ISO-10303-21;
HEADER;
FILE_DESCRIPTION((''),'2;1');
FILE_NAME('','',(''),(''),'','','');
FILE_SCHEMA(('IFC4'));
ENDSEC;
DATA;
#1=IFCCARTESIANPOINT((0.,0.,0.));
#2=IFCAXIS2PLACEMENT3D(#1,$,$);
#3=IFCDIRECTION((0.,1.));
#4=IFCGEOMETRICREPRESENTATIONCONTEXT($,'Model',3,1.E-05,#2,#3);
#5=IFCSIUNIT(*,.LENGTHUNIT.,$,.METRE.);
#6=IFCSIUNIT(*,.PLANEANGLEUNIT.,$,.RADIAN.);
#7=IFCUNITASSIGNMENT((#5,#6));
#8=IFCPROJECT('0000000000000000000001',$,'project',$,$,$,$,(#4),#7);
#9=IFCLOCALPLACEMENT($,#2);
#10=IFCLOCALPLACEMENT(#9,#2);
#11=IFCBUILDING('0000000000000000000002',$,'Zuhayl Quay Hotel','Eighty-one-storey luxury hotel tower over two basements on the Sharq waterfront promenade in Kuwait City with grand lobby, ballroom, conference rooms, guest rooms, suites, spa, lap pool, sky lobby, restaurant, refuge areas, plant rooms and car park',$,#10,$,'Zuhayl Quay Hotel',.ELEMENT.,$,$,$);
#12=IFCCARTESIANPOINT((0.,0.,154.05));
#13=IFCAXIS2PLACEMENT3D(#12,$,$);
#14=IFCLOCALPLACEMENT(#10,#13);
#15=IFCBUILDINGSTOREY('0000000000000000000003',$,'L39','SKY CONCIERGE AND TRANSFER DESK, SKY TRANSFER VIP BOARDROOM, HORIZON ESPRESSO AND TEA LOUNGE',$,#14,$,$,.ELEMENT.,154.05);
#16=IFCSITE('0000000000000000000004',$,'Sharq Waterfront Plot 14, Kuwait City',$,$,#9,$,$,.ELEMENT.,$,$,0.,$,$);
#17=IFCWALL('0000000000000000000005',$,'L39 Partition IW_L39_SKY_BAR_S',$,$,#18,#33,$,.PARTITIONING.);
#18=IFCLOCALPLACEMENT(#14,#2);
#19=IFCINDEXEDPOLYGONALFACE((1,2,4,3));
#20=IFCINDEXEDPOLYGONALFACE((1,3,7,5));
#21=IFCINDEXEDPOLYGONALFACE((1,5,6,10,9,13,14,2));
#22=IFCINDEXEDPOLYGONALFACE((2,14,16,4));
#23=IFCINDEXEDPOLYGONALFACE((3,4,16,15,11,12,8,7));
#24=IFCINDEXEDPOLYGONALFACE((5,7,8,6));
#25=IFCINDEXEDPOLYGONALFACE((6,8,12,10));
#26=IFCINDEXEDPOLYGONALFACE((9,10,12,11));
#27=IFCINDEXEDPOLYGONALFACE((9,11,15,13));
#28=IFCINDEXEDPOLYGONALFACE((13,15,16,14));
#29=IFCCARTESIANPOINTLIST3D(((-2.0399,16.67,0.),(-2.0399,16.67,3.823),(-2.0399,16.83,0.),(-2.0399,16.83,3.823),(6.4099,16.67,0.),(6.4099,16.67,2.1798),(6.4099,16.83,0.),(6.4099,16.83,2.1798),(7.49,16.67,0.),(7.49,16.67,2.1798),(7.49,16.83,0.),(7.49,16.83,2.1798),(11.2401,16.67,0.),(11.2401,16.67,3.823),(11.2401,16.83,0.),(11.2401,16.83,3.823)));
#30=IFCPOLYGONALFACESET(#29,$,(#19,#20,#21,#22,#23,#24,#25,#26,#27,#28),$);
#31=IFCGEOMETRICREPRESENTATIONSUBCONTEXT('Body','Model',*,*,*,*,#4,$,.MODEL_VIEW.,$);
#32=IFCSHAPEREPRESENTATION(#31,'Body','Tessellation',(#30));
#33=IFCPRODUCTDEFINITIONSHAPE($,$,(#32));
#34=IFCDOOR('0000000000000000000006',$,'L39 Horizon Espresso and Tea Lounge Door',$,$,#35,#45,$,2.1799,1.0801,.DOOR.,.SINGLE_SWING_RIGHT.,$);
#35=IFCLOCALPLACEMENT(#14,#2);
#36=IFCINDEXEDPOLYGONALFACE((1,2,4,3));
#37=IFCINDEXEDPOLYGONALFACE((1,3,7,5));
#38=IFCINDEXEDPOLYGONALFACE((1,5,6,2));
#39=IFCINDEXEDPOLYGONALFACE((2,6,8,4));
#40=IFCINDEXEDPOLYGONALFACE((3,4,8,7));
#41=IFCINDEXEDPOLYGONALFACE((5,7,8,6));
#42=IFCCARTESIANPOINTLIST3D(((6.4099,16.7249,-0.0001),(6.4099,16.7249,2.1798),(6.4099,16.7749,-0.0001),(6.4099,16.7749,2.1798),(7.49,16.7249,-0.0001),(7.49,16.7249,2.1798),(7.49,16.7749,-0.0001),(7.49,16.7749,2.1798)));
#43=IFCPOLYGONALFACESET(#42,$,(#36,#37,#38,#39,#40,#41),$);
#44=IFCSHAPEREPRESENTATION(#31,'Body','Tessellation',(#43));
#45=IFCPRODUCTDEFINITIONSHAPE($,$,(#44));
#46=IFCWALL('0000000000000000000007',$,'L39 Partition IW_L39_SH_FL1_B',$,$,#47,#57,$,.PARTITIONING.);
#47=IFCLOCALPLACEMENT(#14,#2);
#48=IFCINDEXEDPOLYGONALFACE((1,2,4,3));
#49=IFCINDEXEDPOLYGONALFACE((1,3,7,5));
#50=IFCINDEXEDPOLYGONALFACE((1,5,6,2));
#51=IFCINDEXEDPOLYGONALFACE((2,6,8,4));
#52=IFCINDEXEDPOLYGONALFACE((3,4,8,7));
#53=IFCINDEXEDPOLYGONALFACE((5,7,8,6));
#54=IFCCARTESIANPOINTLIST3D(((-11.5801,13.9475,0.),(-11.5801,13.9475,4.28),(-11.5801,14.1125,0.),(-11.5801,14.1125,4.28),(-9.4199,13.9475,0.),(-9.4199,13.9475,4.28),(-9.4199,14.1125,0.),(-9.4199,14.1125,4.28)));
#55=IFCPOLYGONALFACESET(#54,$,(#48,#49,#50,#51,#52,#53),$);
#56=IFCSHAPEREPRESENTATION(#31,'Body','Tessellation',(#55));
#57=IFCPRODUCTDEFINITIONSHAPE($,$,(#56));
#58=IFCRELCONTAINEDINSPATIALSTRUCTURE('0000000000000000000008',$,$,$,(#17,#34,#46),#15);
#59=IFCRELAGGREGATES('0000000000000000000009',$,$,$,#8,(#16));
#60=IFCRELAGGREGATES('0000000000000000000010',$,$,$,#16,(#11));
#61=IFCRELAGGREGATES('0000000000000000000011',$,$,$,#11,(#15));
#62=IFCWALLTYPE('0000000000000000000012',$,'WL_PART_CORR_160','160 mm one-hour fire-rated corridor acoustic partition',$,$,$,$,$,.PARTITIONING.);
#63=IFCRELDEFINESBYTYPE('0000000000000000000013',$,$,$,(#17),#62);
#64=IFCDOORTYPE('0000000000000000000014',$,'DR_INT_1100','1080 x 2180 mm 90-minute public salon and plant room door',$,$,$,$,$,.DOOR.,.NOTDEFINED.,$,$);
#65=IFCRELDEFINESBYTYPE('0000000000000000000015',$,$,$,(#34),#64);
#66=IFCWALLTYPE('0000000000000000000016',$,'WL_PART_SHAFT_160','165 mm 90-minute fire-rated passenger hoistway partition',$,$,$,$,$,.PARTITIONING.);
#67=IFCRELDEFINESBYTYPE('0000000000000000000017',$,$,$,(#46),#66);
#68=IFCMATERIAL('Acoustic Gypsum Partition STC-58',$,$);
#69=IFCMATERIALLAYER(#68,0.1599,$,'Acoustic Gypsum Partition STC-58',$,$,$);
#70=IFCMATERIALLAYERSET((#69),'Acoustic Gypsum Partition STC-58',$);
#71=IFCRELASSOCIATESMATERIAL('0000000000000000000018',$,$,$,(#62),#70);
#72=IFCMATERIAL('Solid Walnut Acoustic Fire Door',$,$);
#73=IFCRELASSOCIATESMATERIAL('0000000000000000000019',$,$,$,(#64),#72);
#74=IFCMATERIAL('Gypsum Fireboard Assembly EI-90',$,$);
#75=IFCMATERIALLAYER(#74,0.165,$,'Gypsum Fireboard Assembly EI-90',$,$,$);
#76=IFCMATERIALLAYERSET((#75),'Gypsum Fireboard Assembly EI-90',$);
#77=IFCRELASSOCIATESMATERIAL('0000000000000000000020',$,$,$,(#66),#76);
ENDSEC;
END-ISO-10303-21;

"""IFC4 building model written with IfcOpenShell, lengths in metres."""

from ifc_helpers import new_model, si_unit, direction, frame, frame_2d, origin, place, context, subcontext, project, spatial, rectangle, extrude, material, layer, layer_set, type_object, element, fill, save


model = new_model("IFC4")

# Units and contexts
model_context = context("Model", 3, precision=1e-05, world=origin(), true_north=direction((0.0, 1.0)))
body_context = subcontext(model_context, "Body", "Model", "MODEL_VIEW")
ifc_project = project(units=[si_unit("LENGTHUNIT", "METRE"), si_unit("PLANEANGLEUNIT", "RADIAN")], contexts=[model_context])

# Site, building, storey
site_placement = place(None, origin())
site = spatial("IfcSite", under=ifc_project, at=site_placement, Name="Sharq Waterfront Plot 14, Kuwait City", CompositionType="ELEMENT", RefElevation=0.0)
building_placement = place(site_placement, origin())
building = spatial("IfcBuilding", under=site, at=building_placement, Name="Zuhayl Quay Hotel", Description="Eighty-one-storey luxury hotel tower over two basements on the Sharq waterfront promenade in Kuwait City with grand lobby, ballroom, conference rooms, guest rooms, suites, spa, lap pool, sky lobby, restaurant, refuge areas, plant rooms and car park", LongName="Zuhayl Quay Hotel", CompositionType="ELEMENT")
storey_placement = place(building_placement, frame((0.0, 0.0, 154.05)))
storey = spatial("IfcBuildingStorey", under=building, at=storey_placement, Name="L39", Description="SKY CONCIERGE AND TRANSFER DESK, SKY TRANSFER VIP BOARDROOM, HORIZON ESPRESSO AND TEA LOUNGE", CompositionType="ELEMENT", Elevation=154.05)

# Shared definitions
ifc_material_1 = material(Name="Acoustic Gypsum Partition STC-58")

# Wall, opening, door
ifc_layer_1 = layer(ifc_material_1, 0.1599, Name="Acoustic Gypsum Partition STC-58")
ifc_layer_set_1 = layer_set([ifc_layer_1], Name="Acoustic Gypsum Partition STC-58")
wall_type_1 = type_object("IfcWallType", Name="WL_PART_CORR_160", Description="160 mm one-hour fire-rated corridor acoustic partition", PredefinedType="PARTITIONING", material=ifc_layer_set_1)
wall_1_placement = place(storey_placement, frame((-2.04, 16.75, 0.0), z_axis=(0.0, 0.0, 1.0), x_axis=(1.0, 0.0, 0.0)))
wall_1 = element("IfcWall", 1, at=wall_1_placement, inside=storey, type_object=wall_type_1, Name="L39 Partition IW_L39_SKY_BAR_S", PredefinedType="PARTITIONING", context=body_context, shape_type="SweptSolid", body=[
    extrude(rectangle(XDim=13.28, YDim=0.1599, at=frame_2d((6.6401, 0.0))), origin(), (0.0, 0.0, 1.0), 3.823),
])
opening_1_placement = place(wall_1_placement, frame((8.45, 0.0, 0.0)))
opening_1 = element("IfcOpeningElement", 2, at=opening_1_placement, cuts=wall_1, PredefinedType="OPENING", context=body_context, shape_type="SweptSolid", body=[
    extrude(rectangle(XDim=1.0801, YDim=2.1799, at=frame_2d((0.54, 1.0898))), frame((0.0, 0.0898, 0.0), z_axis=(0.0, -1.0, 0.0), x_axis=(1.0, 0.0, 0.0)), (0.0, 0.0, 1.0), 0.1799),
])
ifc_material_2 = material(Name="Solid Walnut Acoustic Fire Door")
door_type = type_object("IfcDoorType", Name="DR_INT_1100", Description="1080 x 2180 mm 90-minute public salon and plant room door", OperationType="NOTDEFINED", PredefinedType="DOOR", material=ifc_material_2)
door_placement = place(opening_1_placement, origin())
door = element("IfcDoor", 3, at=door_placement, inside=storey, type_object=door_type, Name="L39 Horizon Espresso and Tea Lounge Door", OperationType="SINGLE_SWING_RIGHT", OverallHeight=2.1799, OverallWidth=1.0801, PredefinedType="DOOR", context=body_context, shape_type="SweptSolid", body=[
    extrude(rectangle(XDim=1.0801, YDim=2.1799, at=frame_2d((0.54, 1.0898))), frame((0.0, 0.0249, 0.0), z_axis=(0.0, -1.0, 0.0), x_axis=(1.0, 0.0, 0.0)), (0.0, 0.0, 1.0), 0.05),
])
fill(opening_1, door)

# Wall
ifc_material_3 = material(Name="Gypsum Fireboard Assembly EI-90")
ifc_layer_2 = layer(ifc_material_3, 0.165, Name="Gypsum Fireboard Assembly EI-90")
ifc_layer_set_2 = layer_set([ifc_layer_2], Name="Gypsum Fireboard Assembly EI-90")
wall_type_2 = type_object("IfcWallType", Name="WL_PART_SHAFT_160", Description="165 mm 90-minute fire-rated passenger hoistway partition", PredefinedType="PARTITIONING", material=ifc_layer_set_2)
wall_2_placement = place(storey_placement, frame((-11.5801, 14.03, 0.0), z_axis=(0.0, 0.0, 1.0), x_axis=(1.0, 0.0, 0.0)))
element("IfcWall", 4, at=wall_2_placement, inside=storey, type_object=wall_type_2, Name="L39 Partition IW_L39_SH_FL1_B", PredefinedType="PARTITIONING", context=body_context, shape_type="SweptSolid", body=[
    extrude(rectangle(XDim=2.1602, YDim=0.165, at=frame_2d((1.0801, 0.0))), origin(), (0.0, 0.0, 1.0), 4.28),
])

save(model, "model.ifc")
